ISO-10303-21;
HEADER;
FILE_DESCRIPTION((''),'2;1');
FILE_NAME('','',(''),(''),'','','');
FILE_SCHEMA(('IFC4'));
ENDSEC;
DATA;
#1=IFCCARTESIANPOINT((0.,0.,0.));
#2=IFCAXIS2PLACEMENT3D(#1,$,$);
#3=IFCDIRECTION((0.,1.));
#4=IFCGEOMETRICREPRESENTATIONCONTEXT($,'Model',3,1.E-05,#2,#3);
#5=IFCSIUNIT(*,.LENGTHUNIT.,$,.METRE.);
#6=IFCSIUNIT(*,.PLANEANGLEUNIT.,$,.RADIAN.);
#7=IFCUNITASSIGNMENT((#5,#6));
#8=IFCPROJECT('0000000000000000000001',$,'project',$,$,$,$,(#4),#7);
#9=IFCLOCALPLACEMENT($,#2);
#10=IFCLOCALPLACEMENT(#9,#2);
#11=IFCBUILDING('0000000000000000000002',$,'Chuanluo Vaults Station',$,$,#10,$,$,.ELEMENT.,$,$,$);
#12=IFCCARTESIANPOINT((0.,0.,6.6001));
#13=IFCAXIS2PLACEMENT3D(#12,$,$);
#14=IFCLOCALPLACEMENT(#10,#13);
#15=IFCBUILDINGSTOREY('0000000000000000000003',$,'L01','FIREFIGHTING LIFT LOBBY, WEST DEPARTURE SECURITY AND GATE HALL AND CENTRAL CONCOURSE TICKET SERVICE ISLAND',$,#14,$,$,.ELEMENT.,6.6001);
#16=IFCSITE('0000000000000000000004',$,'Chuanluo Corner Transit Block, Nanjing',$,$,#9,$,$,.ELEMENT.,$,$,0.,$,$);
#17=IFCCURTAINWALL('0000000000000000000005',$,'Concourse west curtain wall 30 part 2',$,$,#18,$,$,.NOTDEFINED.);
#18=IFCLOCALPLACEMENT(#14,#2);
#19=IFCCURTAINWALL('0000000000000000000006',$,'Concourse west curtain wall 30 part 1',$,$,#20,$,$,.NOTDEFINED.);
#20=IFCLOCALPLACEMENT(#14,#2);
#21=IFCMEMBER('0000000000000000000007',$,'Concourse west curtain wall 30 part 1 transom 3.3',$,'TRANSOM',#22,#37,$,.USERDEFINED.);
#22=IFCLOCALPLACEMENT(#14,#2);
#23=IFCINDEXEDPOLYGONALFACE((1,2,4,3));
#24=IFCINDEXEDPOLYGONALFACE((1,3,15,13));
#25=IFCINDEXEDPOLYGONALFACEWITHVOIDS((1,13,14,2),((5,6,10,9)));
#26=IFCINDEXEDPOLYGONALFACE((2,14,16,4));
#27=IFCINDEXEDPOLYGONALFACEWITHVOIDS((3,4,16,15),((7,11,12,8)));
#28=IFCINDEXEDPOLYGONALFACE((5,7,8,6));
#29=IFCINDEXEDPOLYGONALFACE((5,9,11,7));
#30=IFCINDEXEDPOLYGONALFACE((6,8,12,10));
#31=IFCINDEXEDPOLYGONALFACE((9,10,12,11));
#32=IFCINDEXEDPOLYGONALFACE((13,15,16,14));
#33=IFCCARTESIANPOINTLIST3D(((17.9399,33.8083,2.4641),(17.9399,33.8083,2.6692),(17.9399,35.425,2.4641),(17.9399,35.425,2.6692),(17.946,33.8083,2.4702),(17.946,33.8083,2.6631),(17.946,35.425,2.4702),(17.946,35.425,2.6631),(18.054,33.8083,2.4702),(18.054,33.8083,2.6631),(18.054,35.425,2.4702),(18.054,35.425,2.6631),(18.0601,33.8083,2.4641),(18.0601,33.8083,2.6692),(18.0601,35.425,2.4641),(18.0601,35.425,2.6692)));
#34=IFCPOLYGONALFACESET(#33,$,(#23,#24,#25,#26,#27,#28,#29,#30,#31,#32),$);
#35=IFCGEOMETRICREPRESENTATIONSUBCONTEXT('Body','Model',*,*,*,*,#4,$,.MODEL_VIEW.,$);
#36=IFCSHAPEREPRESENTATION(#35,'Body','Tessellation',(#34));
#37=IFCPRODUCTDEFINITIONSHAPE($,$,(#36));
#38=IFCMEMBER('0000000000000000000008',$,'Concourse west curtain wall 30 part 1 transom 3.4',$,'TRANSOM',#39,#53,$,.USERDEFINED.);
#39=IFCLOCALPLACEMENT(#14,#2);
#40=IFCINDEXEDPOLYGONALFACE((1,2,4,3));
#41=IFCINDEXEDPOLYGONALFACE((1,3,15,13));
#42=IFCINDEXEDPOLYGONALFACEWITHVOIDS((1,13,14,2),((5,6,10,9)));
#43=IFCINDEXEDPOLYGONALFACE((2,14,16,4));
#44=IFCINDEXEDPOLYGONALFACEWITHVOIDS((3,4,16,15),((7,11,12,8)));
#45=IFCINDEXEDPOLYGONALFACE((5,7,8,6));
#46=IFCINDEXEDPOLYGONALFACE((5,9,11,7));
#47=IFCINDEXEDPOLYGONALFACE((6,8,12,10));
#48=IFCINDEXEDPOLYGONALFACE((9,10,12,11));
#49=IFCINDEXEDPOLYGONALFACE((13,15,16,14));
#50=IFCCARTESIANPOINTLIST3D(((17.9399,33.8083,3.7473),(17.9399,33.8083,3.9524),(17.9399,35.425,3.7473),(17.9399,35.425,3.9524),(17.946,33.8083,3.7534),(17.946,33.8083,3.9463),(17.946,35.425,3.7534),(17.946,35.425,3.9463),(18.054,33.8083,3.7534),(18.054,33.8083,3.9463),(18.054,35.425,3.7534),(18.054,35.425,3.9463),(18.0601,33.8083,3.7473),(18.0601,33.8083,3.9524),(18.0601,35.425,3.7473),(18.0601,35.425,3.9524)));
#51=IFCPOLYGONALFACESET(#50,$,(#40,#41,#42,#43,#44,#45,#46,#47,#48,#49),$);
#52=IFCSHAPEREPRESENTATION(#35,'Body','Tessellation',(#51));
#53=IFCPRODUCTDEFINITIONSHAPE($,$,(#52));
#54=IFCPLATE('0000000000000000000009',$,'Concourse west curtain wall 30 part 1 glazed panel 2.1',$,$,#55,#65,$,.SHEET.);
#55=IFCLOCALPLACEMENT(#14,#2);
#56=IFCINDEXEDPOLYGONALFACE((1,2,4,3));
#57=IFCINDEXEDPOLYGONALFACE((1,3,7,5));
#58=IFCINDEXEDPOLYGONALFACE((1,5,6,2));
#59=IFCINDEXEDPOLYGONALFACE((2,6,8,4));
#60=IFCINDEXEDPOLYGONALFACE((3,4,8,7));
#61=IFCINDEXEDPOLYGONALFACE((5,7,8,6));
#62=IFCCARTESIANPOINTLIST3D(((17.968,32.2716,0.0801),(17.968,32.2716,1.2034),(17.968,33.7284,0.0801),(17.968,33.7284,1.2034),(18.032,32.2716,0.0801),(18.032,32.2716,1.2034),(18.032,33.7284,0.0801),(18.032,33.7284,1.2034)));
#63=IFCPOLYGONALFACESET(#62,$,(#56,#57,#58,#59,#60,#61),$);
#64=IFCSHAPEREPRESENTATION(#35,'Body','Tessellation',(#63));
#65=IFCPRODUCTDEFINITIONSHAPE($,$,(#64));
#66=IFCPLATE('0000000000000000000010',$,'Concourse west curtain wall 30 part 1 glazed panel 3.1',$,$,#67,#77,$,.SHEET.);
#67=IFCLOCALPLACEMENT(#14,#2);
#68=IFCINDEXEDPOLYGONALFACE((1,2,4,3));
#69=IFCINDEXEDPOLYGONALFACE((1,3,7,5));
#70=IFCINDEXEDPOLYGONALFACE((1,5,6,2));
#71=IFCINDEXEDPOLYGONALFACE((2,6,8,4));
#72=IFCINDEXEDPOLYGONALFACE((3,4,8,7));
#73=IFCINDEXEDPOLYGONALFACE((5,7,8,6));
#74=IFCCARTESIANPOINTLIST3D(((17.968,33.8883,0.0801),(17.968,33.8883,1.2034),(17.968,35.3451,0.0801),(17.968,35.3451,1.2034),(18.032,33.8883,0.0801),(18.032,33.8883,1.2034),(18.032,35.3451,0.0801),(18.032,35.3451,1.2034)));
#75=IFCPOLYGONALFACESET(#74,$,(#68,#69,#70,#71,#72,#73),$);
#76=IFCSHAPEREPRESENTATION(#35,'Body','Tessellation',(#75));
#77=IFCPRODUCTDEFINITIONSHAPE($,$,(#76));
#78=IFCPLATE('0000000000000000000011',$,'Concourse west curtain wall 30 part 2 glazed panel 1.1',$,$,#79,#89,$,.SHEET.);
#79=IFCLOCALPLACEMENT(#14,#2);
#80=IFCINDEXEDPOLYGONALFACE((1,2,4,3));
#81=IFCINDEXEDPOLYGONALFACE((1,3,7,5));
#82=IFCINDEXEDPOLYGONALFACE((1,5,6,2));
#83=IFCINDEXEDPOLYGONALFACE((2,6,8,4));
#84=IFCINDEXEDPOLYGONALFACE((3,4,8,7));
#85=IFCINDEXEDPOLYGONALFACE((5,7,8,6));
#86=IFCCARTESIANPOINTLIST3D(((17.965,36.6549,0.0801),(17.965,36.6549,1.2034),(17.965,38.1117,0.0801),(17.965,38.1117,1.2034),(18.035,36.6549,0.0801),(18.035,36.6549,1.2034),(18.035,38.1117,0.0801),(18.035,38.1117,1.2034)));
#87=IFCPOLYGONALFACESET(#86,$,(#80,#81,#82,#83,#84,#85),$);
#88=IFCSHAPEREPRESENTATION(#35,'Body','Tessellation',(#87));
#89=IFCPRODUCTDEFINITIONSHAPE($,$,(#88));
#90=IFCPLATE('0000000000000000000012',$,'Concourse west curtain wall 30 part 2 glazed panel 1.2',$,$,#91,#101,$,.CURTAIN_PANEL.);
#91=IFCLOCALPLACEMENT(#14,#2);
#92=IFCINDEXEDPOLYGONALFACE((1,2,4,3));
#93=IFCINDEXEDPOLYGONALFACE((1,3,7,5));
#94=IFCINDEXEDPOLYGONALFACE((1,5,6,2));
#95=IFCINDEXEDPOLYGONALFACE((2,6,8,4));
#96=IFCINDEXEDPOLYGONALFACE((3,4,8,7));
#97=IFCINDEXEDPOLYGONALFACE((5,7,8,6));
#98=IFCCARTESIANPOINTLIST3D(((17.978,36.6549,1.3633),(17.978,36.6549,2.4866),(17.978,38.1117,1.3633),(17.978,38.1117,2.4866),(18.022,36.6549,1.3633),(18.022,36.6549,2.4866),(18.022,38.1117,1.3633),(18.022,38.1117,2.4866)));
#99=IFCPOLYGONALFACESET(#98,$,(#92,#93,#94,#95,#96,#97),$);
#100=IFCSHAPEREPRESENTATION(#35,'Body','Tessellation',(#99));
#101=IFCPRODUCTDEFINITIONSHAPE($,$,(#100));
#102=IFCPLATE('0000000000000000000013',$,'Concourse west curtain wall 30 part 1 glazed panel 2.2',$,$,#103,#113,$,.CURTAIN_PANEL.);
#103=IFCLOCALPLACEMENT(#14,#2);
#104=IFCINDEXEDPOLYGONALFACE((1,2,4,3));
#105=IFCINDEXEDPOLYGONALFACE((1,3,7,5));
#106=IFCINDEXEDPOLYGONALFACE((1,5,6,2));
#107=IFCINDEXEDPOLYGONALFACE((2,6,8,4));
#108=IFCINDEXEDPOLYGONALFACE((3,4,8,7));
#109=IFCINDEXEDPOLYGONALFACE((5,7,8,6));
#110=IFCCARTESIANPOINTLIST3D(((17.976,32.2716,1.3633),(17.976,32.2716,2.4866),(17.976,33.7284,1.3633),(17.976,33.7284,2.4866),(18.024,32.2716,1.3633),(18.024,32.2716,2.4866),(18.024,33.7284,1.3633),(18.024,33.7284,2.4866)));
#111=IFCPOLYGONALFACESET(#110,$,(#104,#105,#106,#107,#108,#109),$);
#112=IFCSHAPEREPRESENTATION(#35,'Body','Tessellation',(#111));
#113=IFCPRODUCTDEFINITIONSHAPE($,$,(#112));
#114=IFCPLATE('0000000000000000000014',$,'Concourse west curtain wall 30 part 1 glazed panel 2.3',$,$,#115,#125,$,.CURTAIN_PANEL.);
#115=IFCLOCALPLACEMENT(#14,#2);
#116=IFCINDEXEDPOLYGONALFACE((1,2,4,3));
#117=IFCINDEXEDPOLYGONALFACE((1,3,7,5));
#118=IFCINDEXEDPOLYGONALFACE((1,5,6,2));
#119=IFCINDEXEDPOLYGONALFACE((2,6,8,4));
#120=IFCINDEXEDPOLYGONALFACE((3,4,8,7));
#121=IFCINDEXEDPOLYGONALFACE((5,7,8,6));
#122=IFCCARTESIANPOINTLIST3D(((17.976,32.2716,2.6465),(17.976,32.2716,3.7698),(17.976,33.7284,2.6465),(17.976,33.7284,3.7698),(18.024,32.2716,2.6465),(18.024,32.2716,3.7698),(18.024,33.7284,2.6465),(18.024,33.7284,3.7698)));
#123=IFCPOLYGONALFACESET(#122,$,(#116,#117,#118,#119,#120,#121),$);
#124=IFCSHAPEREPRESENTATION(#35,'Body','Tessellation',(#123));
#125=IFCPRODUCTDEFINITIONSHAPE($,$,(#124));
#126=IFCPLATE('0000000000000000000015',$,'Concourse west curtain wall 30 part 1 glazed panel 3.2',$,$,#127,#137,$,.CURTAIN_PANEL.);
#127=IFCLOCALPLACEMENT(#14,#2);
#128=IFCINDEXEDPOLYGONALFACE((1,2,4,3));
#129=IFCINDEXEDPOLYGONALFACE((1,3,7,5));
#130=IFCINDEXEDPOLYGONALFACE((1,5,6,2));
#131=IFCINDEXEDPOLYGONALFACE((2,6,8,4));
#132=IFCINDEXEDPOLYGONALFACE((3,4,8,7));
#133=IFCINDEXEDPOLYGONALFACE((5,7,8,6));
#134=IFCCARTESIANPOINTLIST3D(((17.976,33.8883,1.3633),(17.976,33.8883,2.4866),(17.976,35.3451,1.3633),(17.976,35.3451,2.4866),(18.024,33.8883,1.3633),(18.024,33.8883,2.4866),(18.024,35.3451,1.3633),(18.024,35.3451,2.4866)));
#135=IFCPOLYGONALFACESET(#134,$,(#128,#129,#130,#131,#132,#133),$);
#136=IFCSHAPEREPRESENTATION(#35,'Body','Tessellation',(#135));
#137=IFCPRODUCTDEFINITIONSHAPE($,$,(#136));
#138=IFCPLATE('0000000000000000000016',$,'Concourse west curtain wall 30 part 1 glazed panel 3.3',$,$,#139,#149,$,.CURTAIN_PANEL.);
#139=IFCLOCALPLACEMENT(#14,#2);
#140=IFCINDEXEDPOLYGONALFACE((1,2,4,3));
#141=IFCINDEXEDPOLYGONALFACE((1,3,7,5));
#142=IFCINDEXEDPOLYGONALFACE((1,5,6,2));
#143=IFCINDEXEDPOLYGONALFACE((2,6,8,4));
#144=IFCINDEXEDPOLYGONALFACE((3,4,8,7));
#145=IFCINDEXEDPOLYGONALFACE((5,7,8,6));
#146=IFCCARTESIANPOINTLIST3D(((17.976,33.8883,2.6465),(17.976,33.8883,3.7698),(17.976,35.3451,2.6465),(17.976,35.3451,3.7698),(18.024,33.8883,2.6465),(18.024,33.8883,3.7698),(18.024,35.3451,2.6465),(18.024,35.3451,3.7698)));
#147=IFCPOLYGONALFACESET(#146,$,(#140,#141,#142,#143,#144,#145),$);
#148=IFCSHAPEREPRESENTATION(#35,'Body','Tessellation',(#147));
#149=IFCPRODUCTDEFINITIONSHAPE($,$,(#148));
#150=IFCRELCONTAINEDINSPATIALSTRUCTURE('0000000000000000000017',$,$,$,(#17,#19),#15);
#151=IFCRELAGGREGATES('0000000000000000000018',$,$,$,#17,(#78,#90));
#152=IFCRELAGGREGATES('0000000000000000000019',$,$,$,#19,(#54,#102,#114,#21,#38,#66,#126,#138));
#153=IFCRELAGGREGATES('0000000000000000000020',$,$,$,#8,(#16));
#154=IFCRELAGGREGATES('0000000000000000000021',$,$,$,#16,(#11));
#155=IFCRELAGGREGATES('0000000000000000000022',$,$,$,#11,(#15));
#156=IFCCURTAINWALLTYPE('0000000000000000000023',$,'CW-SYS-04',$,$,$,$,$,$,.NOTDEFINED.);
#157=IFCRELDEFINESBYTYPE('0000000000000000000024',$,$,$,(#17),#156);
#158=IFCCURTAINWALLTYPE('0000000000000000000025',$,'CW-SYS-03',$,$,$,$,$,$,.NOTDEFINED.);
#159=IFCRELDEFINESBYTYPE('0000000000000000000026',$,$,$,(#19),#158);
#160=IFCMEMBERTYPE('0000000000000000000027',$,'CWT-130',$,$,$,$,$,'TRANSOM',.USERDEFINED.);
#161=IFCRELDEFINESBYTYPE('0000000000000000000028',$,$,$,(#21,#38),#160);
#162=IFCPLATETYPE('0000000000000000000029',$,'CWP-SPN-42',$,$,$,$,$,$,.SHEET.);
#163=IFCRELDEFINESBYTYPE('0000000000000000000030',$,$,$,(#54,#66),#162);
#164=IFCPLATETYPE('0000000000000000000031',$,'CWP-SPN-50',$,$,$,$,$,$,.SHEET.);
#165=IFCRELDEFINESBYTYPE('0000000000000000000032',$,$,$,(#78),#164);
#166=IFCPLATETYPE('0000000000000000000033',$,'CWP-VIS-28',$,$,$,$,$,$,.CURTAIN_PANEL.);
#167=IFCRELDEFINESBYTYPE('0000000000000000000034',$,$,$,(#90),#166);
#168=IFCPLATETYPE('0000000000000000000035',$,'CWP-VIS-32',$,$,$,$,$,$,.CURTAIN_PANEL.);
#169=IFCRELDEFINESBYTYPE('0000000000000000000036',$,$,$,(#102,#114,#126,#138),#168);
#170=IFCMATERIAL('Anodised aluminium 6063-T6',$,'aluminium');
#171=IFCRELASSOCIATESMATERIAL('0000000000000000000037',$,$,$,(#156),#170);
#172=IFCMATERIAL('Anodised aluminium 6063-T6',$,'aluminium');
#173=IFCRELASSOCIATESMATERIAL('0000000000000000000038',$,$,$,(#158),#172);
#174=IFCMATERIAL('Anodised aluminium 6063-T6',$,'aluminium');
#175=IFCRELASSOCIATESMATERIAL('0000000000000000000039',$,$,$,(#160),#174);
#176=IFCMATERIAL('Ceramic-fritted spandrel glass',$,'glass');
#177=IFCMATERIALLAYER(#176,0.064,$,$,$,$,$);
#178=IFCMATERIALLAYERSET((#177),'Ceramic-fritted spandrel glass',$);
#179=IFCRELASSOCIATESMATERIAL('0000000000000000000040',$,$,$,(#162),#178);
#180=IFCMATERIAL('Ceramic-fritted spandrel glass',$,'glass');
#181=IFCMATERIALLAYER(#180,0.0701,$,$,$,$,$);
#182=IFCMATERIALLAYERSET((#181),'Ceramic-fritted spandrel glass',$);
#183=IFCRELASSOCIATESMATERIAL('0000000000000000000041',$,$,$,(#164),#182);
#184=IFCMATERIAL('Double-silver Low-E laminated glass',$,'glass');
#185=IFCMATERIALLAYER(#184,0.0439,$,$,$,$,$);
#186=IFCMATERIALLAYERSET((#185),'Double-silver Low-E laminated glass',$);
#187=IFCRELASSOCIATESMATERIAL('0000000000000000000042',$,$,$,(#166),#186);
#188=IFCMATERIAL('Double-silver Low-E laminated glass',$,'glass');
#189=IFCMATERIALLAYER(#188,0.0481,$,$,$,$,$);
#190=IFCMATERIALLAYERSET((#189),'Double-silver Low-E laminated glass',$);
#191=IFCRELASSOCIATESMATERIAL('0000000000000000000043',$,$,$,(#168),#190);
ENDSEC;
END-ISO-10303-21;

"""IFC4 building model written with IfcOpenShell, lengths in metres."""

from ifc_helpers import new_model, si_unit, direction, frame, origin, origin_2d, place, context, subcontext, project, spatial, rectangle, hollow_rectangle, extrude, material, layer, layer_set, material_profile, profile_set, type_object, element, aggregate, save


model = new_model("IFC4")

# Units and contexts
model_context = context("Model", 3, precision=1e-05, world=origin(), true_north=direction((0.0, 1.0)))
body_context = subcontext(model_context, "Body", "Model", "MODEL_VIEW")
ifc_project = project(units=[si_unit("LENGTHUNIT", "METRE"), si_unit("PLANEANGLEUNIT", "RADIAN")], contexts=[model_context])

# Site, building, storey
site_placement = place(None, origin())
site = spatial("IfcSite", under=ifc_project, at=site_placement, Name="Chuanluo Corner Transit Block, Nanjing", CompositionType="ELEMENT", RefElevation=0.0)
building_placement = place(site_placement, origin())
building = spatial("IfcBuilding", under=site, at=building_placement, Name="Chuanluo Vaults Station", CompositionType="ELEMENT")
storey_placement = place(building_placement, frame((0.0, 0.0, 6.6001)))
storey = spatial("IfcBuildingStorey", under=building, at=storey_placement, Name="L01", Description="FIREFIGHTING LIFT LOBBY, WEST DEPARTURE SECURITY AND GATE HALL AND CENTRAL CONCOURSE TICKET SERVICE ISLAND", CompositionType="ELEMENT", Elevation=6.6001)

# Curtain wall
ifc_material_1 = material(Name="Anodised aluminium 6063-T6", Category="aluminium")
curtain_wall_type_1 = type_object("IfcCurtainWallType", Name="CW-SYS-04", PredefinedType="NOTDEFINED", material=ifc_material_1)
curtain_wall_1_placement = place(storey_placement, origin())
curtain_wall_1 = element("IfcCurtainWall", 1, at=curtain_wall_1_placement, inside=storey, type_object=curtain_wall_type_1, Name="Concourse west curtain wall 30 part 2", PredefinedType="NOTDEFINED")

# Curtain wall
ifc_material_2 = material(Name="Anodised aluminium 6063-T6", Category="aluminium")
curtain_wall_type_2 = type_object("IfcCurtainWallType", Name="CW-SYS-03", PredefinedType="NOTDEFINED", material=ifc_material_2)
curtain_wall_2_placement = place(storey_placement, origin())
curtain_wall_2 = element("IfcCurtainWall", 2, at=curtain_wall_2_placement, inside=storey, type_object=curtain_wall_type_2, Name="Concourse west curtain wall 30 part 1", PredefinedType="NOTDEFINED")

# Members
ifc_material_3 = material(Name="Anodised aluminium 6063-T6", Category="aluminium")
ifc_material_profile_1 = material_profile(ifc_material_3, hollow_rectangle(XDim=0.1201, YDim=0.2051, WallThickness=0.0061, at=origin_2d()))
ifc_profile_set_1 = profile_set([ifc_material_profile_1], Name="Anodised aluminium 6063-T6")
member_type_1 = type_object("IfcMemberType", Name="CWT-130", ElementType="TRANSOM", PredefinedType="USERDEFINED", material=ifc_profile_set_1)
member_1_placement = place(storey_placement, frame((18.0, 33.8083, 2.5667), z_axis=(0.0, 1.0, 0.0), x_axis=(-1.0, 0.0, 0.0)))
member_1 = element("IfcMember", 3, at=member_1_placement, type_object=member_type_1, Name="Concourse west curtain wall 30 part 1 transom 3.3", ObjectType="TRANSOM", PredefinedType="USERDEFINED", context=body_context, shape_type="SweptSolid", body=[
    extrude(hollow_rectangle(XDim=0.1201, YDim=0.2051, WallThickness=0.0061, at=origin_2d()), origin(), (0.0, 0.0, 1.0), 1.6167),
])
member_2_placement = place(storey_placement, frame((18.0, 33.8083, 3.8499), z_axis=(0.0, 1.0, 0.0), x_axis=(-1.0, 0.0, 0.0)))
member_2 = element("IfcMember", 4, at=member_2_placement, type_object=member_type_1, Name="Concourse west curtain wall 30 part 1 transom 3.4", ObjectType="TRANSOM", PredefinedType="USERDEFINED", context=body_context, shape_type="SweptSolid", body=[
    extrude(hollow_rectangle(XDim=0.1201, YDim=0.2051, WallThickness=0.0061, at=origin_2d()), origin(), (0.0, 0.0, 1.0), 1.6167),
])

# Plates
ifc_material_4 = material(Name="Ceramic-fritted spandrel glass", Category="glass")
ifc_layer_1 = layer(ifc_material_4, 0.064)
ifc_layer_set_1 = layer_set([ifc_layer_1], Name="Ceramic-fritted spandrel glass")
plate_type_1 = type_object("IfcPlateType", Name="CWP-SPN-42", PredefinedType="SHEET", material=ifc_layer_set_1)
plate_1_placement = place(storey_placement, frame((18.0, 33.0, 0.0801), z_axis=(0.0, 0.0, 1.0), x_axis=(0.0, 1.0, 0.0)))
plate_1 = element("IfcPlate", 5, at=plate_1_placement, type_object=plate_type_1, Name="Concourse west curtain wall 30 part 1 glazed panel 2.1", PredefinedType="SHEET", context=body_context, shape_type="SweptSolid", body=[
    extrude(rectangle(XDim=1.4568, YDim=0.064, at=origin_2d()), origin(), (0.0, 0.0, 1.0), 1.1233),
])
plate_2_placement = place(storey_placement, frame((18.0, 34.6167, 0.0801), z_axis=(0.0, 0.0, 1.0), x_axis=(0.0, 1.0, 0.0)))
plate_2 = element("IfcPlate", 6, at=plate_2_placement, type_object=plate_type_1, Name="Concourse west curtain wall 30 part 1 glazed panel 3.1", PredefinedType="SHEET", context=body_context, shape_type="SweptSolid", body=[
    extrude(rectangle(XDim=1.4568, YDim=0.064, at=origin_2d()), origin(), (0.0, 0.0, 1.0), 1.1233),
])
ifc_material_5 = material(Name="Ceramic-fritted spandrel glass", Category="glass")
ifc_layer_2 = layer(ifc_material_5, 0.0701)
ifc_layer_set_2 = layer_set([ifc_layer_2], Name="Ceramic-fritted spandrel glass")
plate_type_2 = type_object("IfcPlateType", Name="CWP-SPN-50", PredefinedType="SHEET", material=ifc_layer_set_2)
plate_3_placement = place(storey_placement, frame((18.0, 37.3833, 0.0801), z_axis=(0.0, 0.0, 1.0), x_axis=(0.0, 1.0, 0.0)))
plate_3 = element("IfcPlate", 7, at=plate_3_placement, type_object=plate_type_2, Name="Concourse west curtain wall 30 part 2 glazed panel 1.1", PredefinedType="SHEET", context=body_context, shape_type="SweptSolid", body=[
    extrude(rectangle(XDim=1.4568, YDim=0.0701, at=origin_2d()), origin(), (0.0, 0.0, 1.0), 1.1233),
])
ifc_material_6 = material(Name="Double-silver Low-E laminated glass", Category="glass")
ifc_layer_3 = layer(ifc_material_6, 0.0439)
ifc_layer_set_3 = layer_set([ifc_layer_3], Name="Double-silver Low-E laminated glass")
plate_type_3 = type_object("IfcPlateType", Name="CWP-VIS-28", PredefinedType="CURTAIN_PANEL", material=ifc_layer_set_3)
plate_4_placement = place(storey_placement, frame((18.0, 37.3833, 1.3633), z_axis=(0.0, 0.0, 1.0), x_axis=(0.0, 1.0, 0.0)))
plate_4 = element("IfcPlate", 8, at=plate_4_placement, type_object=plate_type_3, Name="Concourse west curtain wall 30 part 2 glazed panel 1.2", PredefinedType="CURTAIN_PANEL", context=body_context, shape_type="SweptSolid", body=[
    extrude(rectangle(XDim=1.4568, YDim=0.0439, at=origin_2d()), origin(), (0.0, 0.0, 1.0), 1.1233),
])
aggregate(curtain_wall_1, [plate_3, plate_4])
ifc_material_7 = material(Name="Double-silver Low-E laminated glass", Category="glass")
ifc_layer_4 = layer(ifc_material_7, 0.0481)
ifc_layer_set_4 = layer_set([ifc_layer_4], Name="Double-silver Low-E laminated glass")
plate_type_4 = type_object("IfcPlateType", Name="CWP-VIS-32", PredefinedType="CURTAIN_PANEL", material=ifc_layer_set_4)
plate_5_placement = place(storey_placement, frame((18.0, 33.0, 1.3633), z_axis=(0.0, 0.0, 1.0), x_axis=(0.0, 1.0, 0.0)))
plate_5 = element("IfcPlate", 9, at=plate_5_placement, type_object=plate_type_4, Name="Concourse west curtain wall 30 part 1 glazed panel 2.2", PredefinedType="CURTAIN_PANEL", context=body_context, shape_type="SweptSolid", body=[
    extrude(rectangle(XDim=1.4568, YDim=0.0481, at=origin_2d()), origin(), (0.0, 0.0, 1.0), 1.1233),
])
plate_6_placement = place(storey_placement, frame((18.0, 33.0, 2.6465), z_axis=(0.0, 0.0, 1.0), x_axis=(0.0, 1.0, 0.0)))
plate_6 = element("IfcPlate", 10, at=plate_6_placement, type_object=plate_type_4, Name="Concourse west curtain wall 30 part 1 glazed panel 2.3", PredefinedType="CURTAIN_PANEL", context=body_context, shape_type="SweptSolid", body=[
    extrude(rectangle(XDim=1.4568, YDim=0.0481, at=origin_2d()), origin(), (0.0, 0.0, 1.0), 1.1233),
])
plate_7_placement = place(storey_placement, frame((18.0, 34.6167, 1.3633), z_axis=(0.0, 0.0, 1.0), x_axis=(0.0, 1.0, 0.0)))
plate_7 = element("IfcPlate", 11, at=plate_7_placement, type_object=plate_type_4, Name="Concourse west curtain wall 30 part 1 glazed panel 3.2", PredefinedType="CURTAIN_PANEL", context=body_context, shape_type="SweptSolid", body=[
    extrude(rectangle(XDim=1.4568, YDim=0.0481, at=origin_2d()), origin(), (0.0, 0.0, 1.0), 1.1233),
])
plate_8_placement = place(storey_placement, frame((18.0, 34.6167, 2.6465), z_axis=(0.0, 0.0, 1.0), x_axis=(0.0, 1.0, 0.0)))
plate_8 = element("IfcPlate", 12, at=plate_8_placement, type_object=plate_type_4, Name="Concourse west curtain wall 30 part 1 glazed panel 3.3", PredefinedType="CURTAIN_PANEL", context=body_context, shape_type="SweptSolid", body=[
    extrude(rectangle(XDim=1.4568, YDim=0.0481, at=origin_2d()), origin(), (0.0, 0.0, 1.0), 1.1233),
])
aggregate(curtain_wall_2, [plate_1, plate_5, plate_6, member_1, member_2, plate_2, plate_7, plate_8])

save(model, "model.ifc")
